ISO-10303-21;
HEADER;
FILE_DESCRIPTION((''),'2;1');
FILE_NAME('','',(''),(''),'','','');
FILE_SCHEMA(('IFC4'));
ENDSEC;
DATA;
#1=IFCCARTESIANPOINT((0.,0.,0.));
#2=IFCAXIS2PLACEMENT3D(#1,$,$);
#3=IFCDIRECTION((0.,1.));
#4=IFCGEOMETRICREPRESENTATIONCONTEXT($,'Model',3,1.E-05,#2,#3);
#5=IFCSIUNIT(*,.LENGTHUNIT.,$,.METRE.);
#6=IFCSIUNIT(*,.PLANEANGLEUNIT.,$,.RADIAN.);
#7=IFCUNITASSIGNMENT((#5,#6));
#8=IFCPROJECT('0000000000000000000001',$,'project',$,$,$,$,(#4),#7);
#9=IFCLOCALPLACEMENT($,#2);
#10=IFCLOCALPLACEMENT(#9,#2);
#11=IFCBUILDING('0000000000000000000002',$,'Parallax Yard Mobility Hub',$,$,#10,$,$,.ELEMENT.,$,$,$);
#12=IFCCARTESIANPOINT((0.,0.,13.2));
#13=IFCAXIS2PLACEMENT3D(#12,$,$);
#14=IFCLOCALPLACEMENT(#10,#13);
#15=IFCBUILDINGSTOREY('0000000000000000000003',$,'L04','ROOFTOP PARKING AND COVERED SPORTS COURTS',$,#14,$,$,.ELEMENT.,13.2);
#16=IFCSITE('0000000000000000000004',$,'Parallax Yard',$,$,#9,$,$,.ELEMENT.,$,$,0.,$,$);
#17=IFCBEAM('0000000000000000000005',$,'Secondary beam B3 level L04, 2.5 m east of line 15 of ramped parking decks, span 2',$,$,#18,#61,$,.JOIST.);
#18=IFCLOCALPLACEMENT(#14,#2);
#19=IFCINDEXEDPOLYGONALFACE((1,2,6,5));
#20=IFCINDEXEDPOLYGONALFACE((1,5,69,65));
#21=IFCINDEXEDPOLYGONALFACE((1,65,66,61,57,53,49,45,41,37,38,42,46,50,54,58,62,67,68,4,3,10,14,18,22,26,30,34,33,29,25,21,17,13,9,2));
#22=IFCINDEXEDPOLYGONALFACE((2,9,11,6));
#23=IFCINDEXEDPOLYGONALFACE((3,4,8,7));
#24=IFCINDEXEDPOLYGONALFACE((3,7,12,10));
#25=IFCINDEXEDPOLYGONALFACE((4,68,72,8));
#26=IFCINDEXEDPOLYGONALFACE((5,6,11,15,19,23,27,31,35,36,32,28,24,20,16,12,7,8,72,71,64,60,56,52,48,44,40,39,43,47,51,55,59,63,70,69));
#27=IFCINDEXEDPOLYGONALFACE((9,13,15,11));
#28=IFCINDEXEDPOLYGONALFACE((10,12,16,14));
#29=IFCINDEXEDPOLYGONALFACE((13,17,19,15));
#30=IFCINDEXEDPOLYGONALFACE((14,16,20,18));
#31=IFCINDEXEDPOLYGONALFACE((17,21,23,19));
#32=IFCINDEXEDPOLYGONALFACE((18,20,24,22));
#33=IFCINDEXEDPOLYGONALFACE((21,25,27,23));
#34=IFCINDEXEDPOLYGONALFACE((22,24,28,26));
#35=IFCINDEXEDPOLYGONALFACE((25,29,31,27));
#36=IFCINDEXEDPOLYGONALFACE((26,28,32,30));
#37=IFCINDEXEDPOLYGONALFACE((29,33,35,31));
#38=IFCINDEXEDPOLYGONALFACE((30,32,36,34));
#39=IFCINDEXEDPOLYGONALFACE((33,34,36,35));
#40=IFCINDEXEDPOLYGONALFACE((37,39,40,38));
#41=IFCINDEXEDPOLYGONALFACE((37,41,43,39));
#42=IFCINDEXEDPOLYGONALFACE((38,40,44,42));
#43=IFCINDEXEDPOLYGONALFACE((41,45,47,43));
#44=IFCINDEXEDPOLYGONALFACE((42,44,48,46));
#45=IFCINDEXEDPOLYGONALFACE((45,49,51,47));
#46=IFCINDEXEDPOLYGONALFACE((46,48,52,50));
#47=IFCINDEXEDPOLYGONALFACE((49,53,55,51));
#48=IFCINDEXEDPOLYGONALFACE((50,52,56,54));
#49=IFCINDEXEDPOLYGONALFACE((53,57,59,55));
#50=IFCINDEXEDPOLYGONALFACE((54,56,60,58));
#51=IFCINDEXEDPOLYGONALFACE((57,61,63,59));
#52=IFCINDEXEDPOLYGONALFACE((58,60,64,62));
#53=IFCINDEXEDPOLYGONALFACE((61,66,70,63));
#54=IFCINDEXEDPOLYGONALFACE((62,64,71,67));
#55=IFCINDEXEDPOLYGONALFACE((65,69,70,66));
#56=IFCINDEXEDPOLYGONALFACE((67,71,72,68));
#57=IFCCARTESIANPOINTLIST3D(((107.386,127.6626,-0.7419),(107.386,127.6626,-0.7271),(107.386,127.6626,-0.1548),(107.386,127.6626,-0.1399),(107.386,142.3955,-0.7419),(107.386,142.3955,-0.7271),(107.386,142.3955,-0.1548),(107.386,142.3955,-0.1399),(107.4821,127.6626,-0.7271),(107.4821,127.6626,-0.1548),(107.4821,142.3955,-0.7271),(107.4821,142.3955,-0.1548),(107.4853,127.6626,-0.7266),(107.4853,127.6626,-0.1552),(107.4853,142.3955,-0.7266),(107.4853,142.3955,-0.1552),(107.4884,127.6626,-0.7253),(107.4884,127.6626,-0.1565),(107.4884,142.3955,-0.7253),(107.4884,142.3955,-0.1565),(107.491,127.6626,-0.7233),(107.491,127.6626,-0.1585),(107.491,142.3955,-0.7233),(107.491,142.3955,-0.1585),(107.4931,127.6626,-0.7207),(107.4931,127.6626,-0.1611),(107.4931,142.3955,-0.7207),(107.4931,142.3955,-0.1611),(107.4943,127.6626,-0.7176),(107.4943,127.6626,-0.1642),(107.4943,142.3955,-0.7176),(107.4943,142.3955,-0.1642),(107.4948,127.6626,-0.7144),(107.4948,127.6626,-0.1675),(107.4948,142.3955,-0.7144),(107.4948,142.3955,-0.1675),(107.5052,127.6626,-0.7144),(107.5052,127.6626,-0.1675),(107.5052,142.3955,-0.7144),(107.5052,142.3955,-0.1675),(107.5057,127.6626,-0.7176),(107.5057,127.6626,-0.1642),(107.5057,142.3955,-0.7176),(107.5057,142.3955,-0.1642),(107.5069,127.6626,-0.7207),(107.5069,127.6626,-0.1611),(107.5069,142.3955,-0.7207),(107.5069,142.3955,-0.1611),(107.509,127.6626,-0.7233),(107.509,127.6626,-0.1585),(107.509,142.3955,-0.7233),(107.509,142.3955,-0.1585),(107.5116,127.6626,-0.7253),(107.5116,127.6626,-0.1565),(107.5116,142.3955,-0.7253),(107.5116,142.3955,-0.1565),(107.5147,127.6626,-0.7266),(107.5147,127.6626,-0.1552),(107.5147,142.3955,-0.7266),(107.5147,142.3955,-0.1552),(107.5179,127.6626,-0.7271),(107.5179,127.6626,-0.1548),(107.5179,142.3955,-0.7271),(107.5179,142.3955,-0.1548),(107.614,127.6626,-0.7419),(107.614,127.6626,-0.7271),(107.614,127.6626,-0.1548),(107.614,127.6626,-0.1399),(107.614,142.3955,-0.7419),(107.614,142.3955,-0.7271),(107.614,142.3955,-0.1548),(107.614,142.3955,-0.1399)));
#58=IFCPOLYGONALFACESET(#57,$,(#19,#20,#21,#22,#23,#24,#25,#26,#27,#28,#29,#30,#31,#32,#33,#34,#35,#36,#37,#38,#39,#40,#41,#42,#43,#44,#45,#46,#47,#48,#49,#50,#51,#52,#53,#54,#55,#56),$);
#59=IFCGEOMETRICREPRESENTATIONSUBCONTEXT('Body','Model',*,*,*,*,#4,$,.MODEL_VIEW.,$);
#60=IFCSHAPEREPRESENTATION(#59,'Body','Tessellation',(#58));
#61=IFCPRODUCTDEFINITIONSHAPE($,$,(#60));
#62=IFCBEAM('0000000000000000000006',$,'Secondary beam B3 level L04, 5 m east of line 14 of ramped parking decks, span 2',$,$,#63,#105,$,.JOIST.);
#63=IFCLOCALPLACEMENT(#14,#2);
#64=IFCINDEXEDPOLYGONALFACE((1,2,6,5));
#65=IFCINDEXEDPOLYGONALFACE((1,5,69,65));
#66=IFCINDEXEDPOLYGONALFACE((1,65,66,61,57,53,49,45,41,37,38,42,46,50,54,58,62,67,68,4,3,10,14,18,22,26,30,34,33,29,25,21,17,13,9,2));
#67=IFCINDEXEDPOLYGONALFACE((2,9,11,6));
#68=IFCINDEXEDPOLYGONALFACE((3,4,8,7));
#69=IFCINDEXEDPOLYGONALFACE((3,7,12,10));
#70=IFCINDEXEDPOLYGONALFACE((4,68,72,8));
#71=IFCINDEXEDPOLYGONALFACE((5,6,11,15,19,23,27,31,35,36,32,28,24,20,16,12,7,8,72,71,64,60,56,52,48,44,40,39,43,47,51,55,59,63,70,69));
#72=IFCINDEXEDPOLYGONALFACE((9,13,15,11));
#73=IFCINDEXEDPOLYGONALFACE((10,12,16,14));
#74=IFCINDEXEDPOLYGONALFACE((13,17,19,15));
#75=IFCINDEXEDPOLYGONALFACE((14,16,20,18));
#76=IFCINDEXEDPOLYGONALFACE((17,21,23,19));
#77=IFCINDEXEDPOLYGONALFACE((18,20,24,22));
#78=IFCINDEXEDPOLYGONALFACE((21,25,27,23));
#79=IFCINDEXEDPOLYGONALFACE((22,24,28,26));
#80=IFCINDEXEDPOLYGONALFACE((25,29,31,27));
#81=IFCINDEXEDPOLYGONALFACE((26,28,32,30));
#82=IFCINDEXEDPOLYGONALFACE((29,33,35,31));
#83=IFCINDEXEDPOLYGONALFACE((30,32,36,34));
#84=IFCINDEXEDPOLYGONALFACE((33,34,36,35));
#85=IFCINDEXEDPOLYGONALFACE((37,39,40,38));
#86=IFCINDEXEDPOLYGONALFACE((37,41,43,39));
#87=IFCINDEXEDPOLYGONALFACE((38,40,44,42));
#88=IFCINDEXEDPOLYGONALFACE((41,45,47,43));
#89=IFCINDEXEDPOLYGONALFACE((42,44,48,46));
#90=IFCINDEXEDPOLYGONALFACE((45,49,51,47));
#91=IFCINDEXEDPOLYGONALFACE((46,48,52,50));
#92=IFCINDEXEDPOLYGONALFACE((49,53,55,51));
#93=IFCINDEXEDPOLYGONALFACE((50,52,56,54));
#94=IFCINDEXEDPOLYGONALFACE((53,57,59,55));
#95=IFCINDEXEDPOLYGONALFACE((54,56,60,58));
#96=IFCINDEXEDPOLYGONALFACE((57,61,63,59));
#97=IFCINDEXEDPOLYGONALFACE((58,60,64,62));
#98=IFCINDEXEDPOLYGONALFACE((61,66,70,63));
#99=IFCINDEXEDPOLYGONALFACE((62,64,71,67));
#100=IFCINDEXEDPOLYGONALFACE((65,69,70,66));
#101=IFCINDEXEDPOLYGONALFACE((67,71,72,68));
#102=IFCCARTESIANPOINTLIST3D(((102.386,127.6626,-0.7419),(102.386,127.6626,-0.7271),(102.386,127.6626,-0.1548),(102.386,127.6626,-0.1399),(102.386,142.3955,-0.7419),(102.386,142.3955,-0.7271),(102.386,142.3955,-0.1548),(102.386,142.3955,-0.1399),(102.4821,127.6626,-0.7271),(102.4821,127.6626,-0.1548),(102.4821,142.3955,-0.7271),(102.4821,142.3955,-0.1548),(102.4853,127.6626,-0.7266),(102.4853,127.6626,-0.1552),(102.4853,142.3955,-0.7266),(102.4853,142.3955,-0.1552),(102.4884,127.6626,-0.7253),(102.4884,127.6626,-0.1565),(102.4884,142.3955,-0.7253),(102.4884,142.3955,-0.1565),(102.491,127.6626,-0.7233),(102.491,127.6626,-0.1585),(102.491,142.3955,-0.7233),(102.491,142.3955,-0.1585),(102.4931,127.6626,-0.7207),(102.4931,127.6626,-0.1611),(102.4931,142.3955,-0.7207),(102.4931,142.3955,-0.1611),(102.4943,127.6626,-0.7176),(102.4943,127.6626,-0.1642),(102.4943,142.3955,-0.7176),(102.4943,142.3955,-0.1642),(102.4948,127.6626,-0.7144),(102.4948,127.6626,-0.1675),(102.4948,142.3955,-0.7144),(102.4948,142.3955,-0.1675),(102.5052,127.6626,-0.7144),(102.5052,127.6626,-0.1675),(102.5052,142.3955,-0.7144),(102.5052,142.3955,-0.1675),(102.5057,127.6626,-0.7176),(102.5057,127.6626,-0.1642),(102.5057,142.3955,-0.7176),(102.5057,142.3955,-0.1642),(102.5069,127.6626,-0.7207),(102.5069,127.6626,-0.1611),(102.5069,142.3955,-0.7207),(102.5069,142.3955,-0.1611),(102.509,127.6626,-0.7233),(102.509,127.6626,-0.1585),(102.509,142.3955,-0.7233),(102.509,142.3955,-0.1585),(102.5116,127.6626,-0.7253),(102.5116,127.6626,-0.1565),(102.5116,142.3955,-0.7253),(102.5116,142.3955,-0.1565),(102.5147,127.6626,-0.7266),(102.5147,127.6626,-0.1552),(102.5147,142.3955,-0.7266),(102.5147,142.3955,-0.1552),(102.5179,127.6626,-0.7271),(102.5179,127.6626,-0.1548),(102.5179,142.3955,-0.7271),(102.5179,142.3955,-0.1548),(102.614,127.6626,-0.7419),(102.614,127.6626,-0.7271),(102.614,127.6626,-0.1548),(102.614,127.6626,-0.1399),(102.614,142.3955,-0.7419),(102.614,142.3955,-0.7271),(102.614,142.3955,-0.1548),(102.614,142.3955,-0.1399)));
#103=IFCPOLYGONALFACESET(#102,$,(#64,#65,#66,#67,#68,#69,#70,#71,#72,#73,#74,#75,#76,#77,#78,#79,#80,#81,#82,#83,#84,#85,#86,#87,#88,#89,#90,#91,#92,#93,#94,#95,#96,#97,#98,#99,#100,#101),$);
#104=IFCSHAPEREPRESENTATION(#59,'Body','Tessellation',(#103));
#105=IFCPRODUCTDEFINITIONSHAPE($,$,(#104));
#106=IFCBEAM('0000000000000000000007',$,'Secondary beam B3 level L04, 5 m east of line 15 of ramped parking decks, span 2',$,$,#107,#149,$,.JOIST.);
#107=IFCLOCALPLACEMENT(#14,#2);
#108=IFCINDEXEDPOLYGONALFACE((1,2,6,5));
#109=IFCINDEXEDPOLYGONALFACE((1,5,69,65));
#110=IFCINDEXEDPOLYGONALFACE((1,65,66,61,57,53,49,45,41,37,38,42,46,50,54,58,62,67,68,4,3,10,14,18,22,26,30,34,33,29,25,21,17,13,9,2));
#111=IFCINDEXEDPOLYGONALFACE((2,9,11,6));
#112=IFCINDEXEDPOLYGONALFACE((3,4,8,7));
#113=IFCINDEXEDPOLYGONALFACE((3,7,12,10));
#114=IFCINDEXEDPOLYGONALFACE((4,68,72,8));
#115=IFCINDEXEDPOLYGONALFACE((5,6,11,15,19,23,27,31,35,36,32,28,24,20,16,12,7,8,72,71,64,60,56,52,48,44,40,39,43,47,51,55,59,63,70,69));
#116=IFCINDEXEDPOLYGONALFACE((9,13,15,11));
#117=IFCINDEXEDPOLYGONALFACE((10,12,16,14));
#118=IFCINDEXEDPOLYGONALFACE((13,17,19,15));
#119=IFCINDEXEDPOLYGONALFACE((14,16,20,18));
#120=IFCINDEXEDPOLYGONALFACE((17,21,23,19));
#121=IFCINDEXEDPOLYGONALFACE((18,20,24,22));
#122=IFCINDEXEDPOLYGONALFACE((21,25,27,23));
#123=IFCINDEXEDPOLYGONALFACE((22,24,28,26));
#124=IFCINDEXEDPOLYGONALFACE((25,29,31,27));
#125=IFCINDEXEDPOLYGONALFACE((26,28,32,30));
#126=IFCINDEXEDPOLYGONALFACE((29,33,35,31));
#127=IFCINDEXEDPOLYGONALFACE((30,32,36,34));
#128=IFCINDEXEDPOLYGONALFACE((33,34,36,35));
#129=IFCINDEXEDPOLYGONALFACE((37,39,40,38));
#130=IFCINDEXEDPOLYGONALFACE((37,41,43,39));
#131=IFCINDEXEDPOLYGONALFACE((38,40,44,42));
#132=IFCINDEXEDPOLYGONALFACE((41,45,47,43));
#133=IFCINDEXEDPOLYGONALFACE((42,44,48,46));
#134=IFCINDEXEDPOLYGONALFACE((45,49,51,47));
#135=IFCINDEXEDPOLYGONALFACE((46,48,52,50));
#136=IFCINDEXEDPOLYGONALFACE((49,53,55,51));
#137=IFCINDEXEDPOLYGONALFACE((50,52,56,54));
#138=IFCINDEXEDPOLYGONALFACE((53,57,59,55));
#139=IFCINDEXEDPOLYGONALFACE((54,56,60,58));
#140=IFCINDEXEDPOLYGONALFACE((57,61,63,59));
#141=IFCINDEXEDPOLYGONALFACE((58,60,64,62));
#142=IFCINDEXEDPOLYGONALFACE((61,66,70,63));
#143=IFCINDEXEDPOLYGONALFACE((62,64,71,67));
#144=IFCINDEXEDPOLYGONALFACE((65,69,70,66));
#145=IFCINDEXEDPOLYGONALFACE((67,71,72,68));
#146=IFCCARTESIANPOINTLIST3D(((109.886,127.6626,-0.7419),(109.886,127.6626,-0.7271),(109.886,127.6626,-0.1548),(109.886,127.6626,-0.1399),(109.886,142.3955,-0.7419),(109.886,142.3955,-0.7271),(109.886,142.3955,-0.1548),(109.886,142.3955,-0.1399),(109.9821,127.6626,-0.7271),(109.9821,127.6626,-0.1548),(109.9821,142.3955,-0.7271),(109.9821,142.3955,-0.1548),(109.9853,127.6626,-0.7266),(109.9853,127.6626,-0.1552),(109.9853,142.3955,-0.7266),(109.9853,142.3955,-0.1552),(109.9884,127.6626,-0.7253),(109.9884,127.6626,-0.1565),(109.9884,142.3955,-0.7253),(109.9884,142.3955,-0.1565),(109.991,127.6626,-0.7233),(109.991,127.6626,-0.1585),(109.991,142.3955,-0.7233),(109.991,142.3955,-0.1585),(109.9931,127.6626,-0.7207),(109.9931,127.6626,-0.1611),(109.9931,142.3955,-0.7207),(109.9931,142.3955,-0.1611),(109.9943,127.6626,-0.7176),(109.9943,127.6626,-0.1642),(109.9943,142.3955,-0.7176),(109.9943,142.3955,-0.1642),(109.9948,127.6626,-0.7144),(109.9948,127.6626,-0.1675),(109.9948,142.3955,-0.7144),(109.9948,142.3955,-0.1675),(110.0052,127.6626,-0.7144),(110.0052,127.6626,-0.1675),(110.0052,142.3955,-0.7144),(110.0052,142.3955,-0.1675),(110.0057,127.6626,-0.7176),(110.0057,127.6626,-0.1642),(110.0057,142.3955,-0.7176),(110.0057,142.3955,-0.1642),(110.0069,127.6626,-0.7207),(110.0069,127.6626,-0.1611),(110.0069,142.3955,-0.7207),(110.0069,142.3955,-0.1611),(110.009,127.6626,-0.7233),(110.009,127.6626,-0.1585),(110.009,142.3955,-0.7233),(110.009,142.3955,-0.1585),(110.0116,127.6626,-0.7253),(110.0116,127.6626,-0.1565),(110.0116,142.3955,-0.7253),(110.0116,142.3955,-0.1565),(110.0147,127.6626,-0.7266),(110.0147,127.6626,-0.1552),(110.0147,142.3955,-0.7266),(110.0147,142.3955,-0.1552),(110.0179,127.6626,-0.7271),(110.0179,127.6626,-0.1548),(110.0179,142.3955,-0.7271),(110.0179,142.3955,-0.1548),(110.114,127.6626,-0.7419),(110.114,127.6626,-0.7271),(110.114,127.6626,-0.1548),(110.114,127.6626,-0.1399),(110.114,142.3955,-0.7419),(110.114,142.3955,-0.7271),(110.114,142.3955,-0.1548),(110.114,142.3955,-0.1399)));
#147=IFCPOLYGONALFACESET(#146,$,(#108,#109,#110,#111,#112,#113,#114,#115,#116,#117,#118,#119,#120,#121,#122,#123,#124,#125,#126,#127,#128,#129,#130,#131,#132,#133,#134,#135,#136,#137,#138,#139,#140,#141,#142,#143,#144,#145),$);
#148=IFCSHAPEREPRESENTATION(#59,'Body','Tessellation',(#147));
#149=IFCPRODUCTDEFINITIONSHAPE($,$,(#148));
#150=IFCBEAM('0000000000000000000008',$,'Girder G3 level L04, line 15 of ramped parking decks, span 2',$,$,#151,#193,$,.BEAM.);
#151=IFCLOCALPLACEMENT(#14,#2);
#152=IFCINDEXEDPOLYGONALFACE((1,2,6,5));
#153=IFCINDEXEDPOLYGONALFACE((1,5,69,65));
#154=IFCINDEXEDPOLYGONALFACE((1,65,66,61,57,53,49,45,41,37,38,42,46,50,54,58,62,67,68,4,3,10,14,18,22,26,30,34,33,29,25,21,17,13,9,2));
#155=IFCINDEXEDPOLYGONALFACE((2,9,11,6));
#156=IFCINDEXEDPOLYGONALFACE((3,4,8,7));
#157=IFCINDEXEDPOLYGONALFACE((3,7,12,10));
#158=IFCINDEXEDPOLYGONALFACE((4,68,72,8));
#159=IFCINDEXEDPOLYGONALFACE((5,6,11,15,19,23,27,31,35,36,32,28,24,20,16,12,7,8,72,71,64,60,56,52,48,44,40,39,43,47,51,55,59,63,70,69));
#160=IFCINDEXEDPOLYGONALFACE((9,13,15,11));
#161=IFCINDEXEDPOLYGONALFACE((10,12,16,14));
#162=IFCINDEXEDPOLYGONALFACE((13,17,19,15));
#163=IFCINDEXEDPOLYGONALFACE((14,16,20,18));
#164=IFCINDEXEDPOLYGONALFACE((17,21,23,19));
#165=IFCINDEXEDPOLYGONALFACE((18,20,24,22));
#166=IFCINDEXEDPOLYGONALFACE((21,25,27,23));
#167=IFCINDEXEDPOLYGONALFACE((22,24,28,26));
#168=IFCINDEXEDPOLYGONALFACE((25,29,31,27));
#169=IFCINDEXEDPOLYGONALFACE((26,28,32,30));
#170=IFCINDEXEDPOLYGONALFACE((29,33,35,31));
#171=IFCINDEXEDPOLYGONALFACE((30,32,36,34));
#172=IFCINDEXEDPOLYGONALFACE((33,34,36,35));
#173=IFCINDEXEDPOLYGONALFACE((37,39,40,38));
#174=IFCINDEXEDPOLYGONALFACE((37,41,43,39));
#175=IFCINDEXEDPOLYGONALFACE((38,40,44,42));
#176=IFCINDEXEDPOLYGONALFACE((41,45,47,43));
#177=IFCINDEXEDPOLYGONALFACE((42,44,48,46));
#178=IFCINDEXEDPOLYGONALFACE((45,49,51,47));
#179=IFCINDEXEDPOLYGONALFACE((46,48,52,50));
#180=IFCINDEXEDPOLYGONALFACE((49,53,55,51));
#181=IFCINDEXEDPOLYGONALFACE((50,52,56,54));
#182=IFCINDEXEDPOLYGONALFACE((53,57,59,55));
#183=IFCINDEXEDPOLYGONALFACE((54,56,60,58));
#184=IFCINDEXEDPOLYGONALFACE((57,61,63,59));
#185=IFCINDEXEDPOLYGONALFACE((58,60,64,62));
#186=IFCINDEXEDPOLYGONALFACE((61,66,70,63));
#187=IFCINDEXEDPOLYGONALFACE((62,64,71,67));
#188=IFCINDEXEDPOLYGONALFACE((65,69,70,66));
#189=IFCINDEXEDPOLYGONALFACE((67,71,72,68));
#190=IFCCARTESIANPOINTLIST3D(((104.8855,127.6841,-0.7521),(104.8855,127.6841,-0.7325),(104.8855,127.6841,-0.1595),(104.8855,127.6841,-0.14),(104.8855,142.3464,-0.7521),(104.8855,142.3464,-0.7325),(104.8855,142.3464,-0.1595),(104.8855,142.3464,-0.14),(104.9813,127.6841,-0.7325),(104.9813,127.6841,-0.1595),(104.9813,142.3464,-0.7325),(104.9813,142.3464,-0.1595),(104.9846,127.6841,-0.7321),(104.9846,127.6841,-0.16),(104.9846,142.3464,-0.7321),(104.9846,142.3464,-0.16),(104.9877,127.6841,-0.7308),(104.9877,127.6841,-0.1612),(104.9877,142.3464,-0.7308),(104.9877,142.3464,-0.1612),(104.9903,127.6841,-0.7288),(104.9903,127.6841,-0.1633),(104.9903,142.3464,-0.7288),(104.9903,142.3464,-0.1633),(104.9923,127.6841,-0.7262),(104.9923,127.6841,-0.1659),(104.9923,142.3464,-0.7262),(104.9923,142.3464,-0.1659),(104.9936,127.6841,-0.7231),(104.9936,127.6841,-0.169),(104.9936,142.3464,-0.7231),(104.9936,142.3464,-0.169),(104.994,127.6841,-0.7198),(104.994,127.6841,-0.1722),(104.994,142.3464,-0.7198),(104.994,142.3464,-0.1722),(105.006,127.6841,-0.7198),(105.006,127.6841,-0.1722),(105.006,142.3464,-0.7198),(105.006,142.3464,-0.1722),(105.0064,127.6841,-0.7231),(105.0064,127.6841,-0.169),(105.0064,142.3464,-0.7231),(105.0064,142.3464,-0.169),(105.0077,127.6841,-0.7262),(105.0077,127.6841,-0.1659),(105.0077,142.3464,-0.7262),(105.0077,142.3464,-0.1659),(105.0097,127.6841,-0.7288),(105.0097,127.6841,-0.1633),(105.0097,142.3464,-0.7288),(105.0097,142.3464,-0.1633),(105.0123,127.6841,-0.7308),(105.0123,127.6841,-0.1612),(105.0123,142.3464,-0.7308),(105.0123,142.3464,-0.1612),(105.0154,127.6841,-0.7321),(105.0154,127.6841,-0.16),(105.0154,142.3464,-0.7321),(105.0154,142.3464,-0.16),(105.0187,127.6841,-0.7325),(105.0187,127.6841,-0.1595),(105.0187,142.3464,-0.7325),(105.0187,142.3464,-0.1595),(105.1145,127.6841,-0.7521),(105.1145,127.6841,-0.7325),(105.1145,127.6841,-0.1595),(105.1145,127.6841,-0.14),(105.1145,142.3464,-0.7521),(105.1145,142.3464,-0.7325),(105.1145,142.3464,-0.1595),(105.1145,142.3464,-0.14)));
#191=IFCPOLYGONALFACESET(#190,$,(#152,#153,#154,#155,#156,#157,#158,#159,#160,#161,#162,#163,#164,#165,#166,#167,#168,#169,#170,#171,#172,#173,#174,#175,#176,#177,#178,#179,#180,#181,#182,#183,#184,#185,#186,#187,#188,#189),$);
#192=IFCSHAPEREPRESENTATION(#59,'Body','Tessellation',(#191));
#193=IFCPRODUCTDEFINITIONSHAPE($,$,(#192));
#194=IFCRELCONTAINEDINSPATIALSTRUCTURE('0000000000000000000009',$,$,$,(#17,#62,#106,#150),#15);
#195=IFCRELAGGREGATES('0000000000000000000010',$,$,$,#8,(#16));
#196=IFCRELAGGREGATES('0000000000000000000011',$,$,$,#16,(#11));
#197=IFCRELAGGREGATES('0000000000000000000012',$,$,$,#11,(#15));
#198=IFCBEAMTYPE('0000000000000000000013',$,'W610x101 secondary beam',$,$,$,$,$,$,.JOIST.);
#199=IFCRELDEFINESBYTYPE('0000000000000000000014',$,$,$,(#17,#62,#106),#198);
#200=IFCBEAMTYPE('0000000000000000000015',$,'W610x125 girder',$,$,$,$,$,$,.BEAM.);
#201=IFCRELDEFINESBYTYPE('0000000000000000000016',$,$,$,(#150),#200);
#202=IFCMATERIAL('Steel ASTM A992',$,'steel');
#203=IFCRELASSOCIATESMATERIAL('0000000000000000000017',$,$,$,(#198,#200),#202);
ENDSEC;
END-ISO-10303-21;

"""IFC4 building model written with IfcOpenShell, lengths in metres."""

from ifc_helpers import new_model, si_unit, direction, frame, origin, origin_2d, place, context, subcontext, project, spatial, i_section, extrude, material, material_profile, profile_set, type_object, element, save


model = new_model("IFC4")

# Units and contexts
model_context = context("Model", 3, precision=1e-05, world=origin(), true_north=direction((0.0, 1.0)))
body_context = subcontext(model_context, "Body", "Model", "MODEL_VIEW")
ifc_project = project(units=[si_unit("LENGTHUNIT", "METRE"), si_unit("PLANEANGLEUNIT", "RADIAN")], contexts=[model_context])

# Site, building, storey
site_placement = place(None, origin())
site = spatial("IfcSite", under=ifc_project, at=site_placement, Name="Parallax Yard", CompositionType="ELEMENT", RefElevation=0.0)
building_placement = place(site_placement, origin())
building = spatial("IfcBuilding", under=site, at=building_placement, Name="Parallax Yard Mobility Hub", CompositionType="ELEMENT")
storey_placement = place(building_placement, frame((0.0, 0.0, 13.2)))
storey = spatial("IfcBuildingStorey", under=building, at=storey_placement, Name="L04", Description="ROOFTOP PARKING AND COVERED SPORTS COURTS", CompositionType="ELEMENT", Elevation=13.2)

# Shared definitions
ifc_material_1 = material(Name="Steel ASTM A992", Category="steel")

# Beams
ifc_material_profile_1 = material_profile(ifc_material_1, i_section(OverallWidth=0.228, OverallDepth=0.6021, WebThickness=0.0105, FlangeThickness=0.0149, FilletRadius=0.0127, at=origin_2d()), Name="W610x101")
ifc_profile_set_1 = profile_set([ifc_material_profile_1], Name="Steel ASTM A992")
beam_type_1 = type_object("IfcBeamType", Name="W610x101 secondary beam", PredefinedType="JOIST", material=ifc_profile_set_1)
for number, where, z_axis, x_axis, name in (
    (1, (107.5, 127.6626, -0.4409), (0.0, 1.0, 0.0), (-1.0, 0.0, 0.0), "Secondary beam B3 level L04, 2.5 m east of line 15 of ramped parking decks, span 2"),
    (2, (102.5, 127.6626, -0.4409), (0.0, 1.0, 0.0), (-1.0, 0.0, 0.0), "Secondary beam B3 level L04, 5 m east of line 14 of ramped parking decks, span 2"),
    (3, (110.0, 127.6626, -0.4409), (0.0, 1.0, 0.0), (-1.0, 0.0, 0.0), "Secondary beam B3 level L04, 5 m east of line 15 of ramped parking decks, span 2"),
):
    element("IfcBeam", number, at=place(storey_placement, frame(where, z_axis=z_axis, x_axis=x_axis)), inside=storey, type_object=beam_type_1, Name=name, PredefinedType="JOIST", context=body_context, shape_type="SweptSolid", body=[
        extrude(i_section(OverallWidth=0.228, OverallDepth=0.6021, WebThickness=0.0105, FlangeThickness=0.0149, FilletRadius=0.0127, at=origin_2d()), origin(), (0.0, 0.0, 1.0), 14.7329),
    ])
ifc_material_profile_2 = material_profile(ifc_material_1, i_section(OverallWidth=0.229, OverallDepth=0.6121, WebThickness=0.012, FlangeThickness=0.0195, FilletRadius=0.0127, at=origin_2d()), Name="W610x125")
ifc_profile_set_2 = profile_set([ifc_material_profile_2], Name="Steel ASTM A992")
beam_type_2 = type_object("IfcBeamType", Name="W610x125 girder", PredefinedType="BEAM", material=ifc_profile_set_2)
for number, where, z_axis, x_axis, name in (
    (4, (105.0, 127.6841, -0.446), (0.0, 1.0, 0.0), (-1.0, 0.0, 0.0), "Girder G3 level L04, line 15 of ramped parking decks, span 2"),
):
    element("IfcBeam", number, at=place(storey_placement, frame(where, z_axis=z_axis, x_axis=x_axis)), inside=storey, type_object=beam_type_2, Name=name, PredefinedType="BEAM", context=body_context, shape_type="SweptSolid", body=[
        extrude(i_section(OverallWidth=0.229, OverallDepth=0.6121, WebThickness=0.012, FlangeThickness=0.0195, FilletRadius=0.0127, at=origin_2d()), origin(), (0.0, 0.0, 1.0), 14.6624),
    ])

save(model, "model.ifc")
